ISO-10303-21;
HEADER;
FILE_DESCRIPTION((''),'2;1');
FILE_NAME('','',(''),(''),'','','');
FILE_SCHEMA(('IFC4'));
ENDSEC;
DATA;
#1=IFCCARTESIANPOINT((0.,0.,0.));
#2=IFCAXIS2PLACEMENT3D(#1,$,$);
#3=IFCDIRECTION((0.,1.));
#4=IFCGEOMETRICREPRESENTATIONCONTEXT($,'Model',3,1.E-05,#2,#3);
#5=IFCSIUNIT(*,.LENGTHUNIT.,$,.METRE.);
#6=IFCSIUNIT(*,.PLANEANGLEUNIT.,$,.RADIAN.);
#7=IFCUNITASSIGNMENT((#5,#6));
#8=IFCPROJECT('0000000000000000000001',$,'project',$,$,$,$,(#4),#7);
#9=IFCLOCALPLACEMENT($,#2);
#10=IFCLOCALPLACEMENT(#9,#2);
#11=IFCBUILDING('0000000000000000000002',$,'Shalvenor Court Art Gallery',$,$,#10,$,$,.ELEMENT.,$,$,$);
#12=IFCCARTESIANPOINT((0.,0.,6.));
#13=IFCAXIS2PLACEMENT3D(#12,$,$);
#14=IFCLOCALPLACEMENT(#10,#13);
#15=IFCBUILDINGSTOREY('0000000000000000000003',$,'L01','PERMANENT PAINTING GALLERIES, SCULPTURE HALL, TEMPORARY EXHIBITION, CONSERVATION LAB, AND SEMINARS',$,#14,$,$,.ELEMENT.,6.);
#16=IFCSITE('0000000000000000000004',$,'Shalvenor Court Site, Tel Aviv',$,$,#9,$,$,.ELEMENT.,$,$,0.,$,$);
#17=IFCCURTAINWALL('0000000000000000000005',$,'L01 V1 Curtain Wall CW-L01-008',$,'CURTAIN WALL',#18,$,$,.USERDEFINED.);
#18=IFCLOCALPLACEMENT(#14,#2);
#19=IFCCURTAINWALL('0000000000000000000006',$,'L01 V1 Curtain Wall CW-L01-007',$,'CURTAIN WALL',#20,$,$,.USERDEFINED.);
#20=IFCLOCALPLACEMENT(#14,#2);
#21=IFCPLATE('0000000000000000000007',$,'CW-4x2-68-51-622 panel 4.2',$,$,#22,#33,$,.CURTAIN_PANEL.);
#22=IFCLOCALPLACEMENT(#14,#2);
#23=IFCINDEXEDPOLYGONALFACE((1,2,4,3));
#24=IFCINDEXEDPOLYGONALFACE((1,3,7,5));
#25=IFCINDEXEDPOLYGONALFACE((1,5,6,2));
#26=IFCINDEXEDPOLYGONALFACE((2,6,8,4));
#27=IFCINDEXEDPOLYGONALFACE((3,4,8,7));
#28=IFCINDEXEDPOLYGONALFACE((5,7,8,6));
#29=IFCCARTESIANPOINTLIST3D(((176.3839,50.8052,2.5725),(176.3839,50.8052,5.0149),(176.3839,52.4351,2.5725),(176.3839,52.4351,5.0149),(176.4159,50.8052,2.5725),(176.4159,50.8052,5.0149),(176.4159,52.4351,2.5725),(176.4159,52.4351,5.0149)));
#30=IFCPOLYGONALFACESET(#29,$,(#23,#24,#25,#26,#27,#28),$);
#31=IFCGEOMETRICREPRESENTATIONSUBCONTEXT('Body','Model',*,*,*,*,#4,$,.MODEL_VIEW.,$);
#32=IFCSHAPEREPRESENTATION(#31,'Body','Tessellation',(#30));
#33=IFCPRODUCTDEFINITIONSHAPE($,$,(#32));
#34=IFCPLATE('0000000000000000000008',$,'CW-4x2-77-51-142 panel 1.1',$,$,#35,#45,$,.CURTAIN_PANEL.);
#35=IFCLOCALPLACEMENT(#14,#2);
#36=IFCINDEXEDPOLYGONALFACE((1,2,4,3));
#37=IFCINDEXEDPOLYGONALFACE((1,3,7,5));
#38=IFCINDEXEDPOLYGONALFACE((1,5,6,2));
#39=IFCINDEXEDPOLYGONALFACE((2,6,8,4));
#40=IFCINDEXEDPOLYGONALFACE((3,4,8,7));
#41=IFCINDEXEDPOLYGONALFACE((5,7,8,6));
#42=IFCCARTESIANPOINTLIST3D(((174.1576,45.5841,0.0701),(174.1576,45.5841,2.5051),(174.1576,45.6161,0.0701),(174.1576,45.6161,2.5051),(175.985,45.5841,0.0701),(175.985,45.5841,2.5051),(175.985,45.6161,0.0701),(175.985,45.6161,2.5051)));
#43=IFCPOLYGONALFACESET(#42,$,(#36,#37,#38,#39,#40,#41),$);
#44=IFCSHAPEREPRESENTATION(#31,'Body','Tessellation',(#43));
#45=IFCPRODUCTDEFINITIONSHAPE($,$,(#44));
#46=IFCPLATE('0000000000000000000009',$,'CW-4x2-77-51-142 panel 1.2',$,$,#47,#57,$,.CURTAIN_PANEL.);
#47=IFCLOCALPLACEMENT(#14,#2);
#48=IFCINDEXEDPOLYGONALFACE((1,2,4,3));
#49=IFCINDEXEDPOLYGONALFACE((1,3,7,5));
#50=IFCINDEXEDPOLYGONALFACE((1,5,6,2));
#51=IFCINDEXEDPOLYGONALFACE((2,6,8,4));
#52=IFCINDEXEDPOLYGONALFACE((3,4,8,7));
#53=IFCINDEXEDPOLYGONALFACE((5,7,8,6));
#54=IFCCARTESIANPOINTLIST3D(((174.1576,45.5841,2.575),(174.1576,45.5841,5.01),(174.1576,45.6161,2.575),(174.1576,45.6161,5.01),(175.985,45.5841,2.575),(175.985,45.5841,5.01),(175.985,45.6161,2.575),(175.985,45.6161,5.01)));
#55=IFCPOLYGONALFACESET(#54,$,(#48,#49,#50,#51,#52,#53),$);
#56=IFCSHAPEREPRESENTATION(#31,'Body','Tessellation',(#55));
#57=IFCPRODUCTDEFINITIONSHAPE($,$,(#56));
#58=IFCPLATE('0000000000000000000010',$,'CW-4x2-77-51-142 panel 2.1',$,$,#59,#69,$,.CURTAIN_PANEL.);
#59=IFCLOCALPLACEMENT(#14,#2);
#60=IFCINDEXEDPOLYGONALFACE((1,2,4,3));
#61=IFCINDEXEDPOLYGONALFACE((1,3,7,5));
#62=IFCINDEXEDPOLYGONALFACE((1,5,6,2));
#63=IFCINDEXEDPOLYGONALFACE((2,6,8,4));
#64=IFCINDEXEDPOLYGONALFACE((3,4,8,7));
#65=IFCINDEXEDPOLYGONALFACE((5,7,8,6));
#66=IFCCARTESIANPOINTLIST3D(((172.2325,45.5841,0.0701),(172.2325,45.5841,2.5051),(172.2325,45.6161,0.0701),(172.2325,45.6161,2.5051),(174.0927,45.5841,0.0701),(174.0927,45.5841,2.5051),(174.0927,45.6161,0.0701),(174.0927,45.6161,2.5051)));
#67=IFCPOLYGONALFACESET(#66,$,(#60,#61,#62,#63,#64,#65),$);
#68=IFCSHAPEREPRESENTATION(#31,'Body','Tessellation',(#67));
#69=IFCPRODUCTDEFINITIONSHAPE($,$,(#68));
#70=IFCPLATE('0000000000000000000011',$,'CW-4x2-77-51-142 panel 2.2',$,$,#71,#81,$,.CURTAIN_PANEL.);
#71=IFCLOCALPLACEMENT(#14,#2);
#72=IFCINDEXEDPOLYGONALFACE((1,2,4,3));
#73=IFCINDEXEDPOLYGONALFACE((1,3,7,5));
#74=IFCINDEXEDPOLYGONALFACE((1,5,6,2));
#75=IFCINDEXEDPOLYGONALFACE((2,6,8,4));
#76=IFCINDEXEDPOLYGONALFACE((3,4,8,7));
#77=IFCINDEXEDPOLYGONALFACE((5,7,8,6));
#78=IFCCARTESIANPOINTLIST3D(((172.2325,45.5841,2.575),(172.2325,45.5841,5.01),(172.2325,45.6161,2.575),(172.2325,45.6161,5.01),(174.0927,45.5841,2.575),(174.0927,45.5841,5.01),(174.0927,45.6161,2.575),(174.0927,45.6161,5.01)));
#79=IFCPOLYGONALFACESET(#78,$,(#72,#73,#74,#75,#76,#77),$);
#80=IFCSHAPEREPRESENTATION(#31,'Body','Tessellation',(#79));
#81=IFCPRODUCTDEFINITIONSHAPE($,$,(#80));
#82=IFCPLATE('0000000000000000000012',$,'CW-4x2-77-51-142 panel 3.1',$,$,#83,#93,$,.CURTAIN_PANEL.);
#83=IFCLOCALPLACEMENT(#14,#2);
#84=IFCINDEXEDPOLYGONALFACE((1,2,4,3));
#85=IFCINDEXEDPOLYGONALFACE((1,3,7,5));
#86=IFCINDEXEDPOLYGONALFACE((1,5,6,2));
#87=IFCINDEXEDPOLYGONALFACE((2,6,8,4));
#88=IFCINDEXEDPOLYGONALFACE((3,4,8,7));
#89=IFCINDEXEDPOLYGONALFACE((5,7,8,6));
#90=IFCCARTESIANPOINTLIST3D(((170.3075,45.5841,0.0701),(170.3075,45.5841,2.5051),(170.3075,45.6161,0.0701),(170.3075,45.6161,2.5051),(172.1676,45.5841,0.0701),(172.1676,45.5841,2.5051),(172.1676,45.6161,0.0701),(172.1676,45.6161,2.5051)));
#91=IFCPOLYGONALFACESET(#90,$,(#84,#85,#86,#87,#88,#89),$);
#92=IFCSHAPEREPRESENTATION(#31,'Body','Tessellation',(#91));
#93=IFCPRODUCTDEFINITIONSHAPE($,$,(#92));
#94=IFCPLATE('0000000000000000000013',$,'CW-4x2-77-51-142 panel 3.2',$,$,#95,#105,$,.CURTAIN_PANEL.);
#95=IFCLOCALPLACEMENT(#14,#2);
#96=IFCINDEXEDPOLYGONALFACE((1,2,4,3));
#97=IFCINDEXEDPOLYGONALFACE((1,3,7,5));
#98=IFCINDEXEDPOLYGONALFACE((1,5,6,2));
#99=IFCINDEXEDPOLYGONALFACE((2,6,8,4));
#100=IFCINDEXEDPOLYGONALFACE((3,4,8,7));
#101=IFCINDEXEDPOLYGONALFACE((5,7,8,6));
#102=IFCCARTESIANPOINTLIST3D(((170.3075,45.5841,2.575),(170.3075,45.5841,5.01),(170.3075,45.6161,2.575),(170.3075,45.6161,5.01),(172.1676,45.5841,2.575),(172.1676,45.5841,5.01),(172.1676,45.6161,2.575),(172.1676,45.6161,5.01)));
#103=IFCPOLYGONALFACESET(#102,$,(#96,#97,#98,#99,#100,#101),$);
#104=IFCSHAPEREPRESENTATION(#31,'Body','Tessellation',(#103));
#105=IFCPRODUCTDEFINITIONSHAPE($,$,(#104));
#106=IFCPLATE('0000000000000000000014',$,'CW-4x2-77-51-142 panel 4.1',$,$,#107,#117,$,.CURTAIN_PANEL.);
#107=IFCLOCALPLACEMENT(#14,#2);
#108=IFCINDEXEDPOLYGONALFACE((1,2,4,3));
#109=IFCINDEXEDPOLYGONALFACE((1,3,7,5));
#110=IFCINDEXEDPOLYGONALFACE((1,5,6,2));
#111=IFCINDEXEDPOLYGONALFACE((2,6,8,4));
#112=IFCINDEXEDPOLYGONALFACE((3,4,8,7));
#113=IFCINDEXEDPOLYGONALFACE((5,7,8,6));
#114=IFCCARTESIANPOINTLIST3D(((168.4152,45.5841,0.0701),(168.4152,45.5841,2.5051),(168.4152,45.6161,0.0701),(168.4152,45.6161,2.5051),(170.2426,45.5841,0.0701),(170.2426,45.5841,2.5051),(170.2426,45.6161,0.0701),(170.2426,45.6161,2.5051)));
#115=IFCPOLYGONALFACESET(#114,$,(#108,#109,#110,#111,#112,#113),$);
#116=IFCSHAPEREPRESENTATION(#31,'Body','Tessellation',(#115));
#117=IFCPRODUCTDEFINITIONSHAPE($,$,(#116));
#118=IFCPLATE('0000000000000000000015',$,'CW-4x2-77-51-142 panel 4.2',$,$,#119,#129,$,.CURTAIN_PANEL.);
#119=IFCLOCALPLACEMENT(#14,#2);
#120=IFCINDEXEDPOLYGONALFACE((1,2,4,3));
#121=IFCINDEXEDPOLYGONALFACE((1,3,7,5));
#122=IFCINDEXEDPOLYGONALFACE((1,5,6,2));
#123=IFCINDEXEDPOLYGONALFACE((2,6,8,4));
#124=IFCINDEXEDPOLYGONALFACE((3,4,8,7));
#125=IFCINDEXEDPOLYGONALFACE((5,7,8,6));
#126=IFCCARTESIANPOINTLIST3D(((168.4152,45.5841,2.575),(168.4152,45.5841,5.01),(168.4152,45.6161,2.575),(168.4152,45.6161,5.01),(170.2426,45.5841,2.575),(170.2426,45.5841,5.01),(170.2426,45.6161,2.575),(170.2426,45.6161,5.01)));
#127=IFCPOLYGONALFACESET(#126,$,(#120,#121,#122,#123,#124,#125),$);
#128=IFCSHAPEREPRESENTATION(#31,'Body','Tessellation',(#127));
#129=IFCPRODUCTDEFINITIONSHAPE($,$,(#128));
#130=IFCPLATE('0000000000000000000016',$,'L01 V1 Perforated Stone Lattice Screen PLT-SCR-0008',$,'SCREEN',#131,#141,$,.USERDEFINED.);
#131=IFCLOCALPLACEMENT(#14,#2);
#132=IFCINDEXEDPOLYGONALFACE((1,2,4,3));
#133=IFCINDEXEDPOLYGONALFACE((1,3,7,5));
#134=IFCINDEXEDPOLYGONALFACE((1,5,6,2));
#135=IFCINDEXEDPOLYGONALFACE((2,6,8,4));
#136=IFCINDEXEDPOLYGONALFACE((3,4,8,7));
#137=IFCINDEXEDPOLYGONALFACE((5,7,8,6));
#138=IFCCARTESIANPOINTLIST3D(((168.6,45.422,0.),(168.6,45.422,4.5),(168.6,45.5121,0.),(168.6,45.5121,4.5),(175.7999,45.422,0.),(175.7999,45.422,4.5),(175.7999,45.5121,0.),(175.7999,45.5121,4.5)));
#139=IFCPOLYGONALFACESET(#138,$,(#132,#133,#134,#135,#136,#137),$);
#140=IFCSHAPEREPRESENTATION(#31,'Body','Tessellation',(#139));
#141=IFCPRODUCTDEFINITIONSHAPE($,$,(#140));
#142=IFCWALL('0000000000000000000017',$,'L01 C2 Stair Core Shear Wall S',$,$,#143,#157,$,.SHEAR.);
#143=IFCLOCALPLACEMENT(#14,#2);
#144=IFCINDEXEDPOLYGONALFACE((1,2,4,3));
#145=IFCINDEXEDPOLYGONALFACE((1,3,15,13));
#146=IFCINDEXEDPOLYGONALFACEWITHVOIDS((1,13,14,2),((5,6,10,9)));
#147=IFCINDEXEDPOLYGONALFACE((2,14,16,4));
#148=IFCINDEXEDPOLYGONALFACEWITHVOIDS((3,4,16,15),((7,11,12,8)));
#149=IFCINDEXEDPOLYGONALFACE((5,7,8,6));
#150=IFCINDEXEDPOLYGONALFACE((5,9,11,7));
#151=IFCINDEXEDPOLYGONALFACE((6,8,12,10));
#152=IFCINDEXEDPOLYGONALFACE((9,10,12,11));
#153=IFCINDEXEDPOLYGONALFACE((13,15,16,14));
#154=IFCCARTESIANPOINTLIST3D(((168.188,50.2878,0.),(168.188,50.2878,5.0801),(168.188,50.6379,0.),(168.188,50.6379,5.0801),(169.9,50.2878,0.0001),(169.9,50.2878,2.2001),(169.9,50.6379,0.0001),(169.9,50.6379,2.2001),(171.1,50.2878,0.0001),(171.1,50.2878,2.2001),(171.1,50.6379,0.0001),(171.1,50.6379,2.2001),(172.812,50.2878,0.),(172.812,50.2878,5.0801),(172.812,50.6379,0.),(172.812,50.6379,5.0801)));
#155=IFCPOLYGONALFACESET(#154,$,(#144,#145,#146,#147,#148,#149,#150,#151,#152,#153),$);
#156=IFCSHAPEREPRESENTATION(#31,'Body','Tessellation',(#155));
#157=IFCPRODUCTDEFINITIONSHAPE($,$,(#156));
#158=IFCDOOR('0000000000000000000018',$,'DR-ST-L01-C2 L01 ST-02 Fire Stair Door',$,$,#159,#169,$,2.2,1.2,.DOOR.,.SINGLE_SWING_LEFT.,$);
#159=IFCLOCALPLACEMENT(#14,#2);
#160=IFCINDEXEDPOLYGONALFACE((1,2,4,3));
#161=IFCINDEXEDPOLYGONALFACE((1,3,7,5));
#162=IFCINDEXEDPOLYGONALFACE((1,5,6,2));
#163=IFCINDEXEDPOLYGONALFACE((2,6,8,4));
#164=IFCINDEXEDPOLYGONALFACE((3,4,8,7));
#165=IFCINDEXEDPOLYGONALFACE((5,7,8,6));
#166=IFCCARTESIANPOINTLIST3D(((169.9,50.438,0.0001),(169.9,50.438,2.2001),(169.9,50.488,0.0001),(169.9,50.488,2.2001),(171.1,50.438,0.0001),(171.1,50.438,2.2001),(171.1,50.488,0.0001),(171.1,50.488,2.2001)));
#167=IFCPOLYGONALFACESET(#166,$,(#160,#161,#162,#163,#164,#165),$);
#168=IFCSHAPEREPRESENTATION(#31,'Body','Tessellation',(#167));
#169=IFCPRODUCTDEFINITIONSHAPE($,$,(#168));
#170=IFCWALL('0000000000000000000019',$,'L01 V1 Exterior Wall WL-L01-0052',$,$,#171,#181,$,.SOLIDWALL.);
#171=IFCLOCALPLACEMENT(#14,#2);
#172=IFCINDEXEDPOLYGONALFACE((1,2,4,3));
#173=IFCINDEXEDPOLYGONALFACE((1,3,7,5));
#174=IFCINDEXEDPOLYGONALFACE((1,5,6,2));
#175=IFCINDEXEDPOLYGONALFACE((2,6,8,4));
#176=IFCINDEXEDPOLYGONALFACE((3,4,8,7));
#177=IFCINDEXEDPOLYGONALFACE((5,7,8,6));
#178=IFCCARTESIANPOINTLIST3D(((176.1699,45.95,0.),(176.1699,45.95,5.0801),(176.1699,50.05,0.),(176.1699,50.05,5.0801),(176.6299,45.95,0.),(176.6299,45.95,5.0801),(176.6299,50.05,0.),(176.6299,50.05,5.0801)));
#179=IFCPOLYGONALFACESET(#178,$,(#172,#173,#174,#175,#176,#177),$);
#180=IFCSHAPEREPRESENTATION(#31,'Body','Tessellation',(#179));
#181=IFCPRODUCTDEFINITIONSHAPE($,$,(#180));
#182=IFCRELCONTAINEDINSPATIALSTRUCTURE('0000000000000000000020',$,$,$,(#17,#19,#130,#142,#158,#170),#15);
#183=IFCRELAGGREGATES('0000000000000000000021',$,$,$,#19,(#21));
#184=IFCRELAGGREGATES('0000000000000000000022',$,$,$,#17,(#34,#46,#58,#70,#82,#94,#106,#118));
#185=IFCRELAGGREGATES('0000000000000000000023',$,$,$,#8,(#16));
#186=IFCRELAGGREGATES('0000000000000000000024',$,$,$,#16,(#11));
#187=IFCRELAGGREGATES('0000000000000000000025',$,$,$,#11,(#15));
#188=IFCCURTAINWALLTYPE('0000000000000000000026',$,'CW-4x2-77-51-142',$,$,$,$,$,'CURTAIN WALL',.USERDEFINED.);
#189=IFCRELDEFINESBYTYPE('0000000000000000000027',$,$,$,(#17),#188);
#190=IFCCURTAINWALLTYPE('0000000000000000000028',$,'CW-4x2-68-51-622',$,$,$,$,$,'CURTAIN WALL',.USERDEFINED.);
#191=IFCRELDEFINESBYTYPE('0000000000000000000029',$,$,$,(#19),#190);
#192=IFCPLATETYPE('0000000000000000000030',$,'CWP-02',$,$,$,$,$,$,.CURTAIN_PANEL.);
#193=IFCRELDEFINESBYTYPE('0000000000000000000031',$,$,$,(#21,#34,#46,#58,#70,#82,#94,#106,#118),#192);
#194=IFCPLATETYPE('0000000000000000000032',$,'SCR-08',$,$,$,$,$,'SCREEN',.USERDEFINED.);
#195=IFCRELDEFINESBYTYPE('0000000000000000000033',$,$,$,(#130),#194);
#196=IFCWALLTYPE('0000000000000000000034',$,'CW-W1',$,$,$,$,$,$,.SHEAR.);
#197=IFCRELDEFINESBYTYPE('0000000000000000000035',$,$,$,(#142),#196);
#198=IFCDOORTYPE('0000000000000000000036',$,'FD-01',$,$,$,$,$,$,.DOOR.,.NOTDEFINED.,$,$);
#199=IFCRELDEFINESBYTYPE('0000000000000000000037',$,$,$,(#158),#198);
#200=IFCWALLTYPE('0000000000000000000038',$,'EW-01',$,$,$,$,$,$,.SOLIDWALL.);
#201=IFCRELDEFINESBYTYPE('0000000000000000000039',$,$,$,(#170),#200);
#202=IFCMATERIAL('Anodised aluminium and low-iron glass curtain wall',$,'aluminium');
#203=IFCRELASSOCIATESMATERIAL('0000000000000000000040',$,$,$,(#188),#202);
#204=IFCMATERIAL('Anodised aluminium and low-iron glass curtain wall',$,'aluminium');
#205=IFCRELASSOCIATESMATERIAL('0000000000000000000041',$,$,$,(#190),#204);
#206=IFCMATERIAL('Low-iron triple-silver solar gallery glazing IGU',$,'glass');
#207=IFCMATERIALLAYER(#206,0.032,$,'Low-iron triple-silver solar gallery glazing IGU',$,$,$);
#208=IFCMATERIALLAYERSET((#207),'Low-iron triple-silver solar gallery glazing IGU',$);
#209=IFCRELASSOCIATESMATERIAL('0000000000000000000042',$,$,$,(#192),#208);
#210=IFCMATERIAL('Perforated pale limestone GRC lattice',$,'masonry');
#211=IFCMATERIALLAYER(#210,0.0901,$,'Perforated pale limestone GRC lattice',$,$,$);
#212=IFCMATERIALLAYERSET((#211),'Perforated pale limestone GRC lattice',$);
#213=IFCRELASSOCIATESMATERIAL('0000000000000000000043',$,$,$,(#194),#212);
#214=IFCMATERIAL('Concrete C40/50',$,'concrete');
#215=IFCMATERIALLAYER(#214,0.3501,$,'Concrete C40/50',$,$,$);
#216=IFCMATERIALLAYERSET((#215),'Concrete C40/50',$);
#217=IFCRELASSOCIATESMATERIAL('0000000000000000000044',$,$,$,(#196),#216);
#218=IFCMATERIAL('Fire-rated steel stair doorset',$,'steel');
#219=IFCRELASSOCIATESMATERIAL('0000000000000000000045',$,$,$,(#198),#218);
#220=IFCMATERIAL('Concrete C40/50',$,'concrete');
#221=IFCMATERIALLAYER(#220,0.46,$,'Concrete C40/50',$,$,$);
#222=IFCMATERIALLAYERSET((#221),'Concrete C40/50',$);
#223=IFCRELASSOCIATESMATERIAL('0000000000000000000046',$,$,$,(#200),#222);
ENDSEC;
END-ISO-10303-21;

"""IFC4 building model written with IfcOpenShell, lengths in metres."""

from ifc_helpers import new_model, si_unit, direction, frame, frame_2d, origin, origin_2d, place, context, subcontext, project, spatial, rectangle, extrude, material, layer, layer_set, type_object, element, fill, aggregate, save


model = new_model("IFC4")

# Units and contexts
model_context = context("Model", 3, precision=1e-05, world=origin(), true_north=direction((0.0, 1.0)))
body_context = subcontext(model_context, "Body", "Model", "MODEL_VIEW")
ifc_project = project(units=[si_unit("LENGTHUNIT", "METRE"), si_unit("PLANEANGLEUNIT", "RADIAN")], contexts=[model_context])

# Site, building, storey
site_placement = place(None, origin())
site = spatial("IfcSite", under=ifc_project, at=site_placement, Name="Shalvenor Court Site, Tel Aviv", CompositionType="ELEMENT", RefElevation=0.0)
building_placement = place(site_placement, origin())
building = spatial("IfcBuilding", under=site, at=building_placement, Name="Shalvenor Court Art Gallery", CompositionType="ELEMENT")
storey_placement = place(building_placement, frame((0.0, 0.0, 6.0)))
storey = spatial("IfcBuildingStorey", under=building, at=storey_placement, Name="L01", Description="PERMANENT PAINTING GALLERIES, SCULPTURE HALL, TEMPORARY EXHIBITION, CONSERVATION LAB, AND SEMINARS", CompositionType="ELEMENT", Elevation=6.0)

# Curtain wall
ifc_material_1 = material(Name="Anodised aluminium and low-iron glass curtain wall", Category="aluminium")
curtain_wall_type_1 = type_object("IfcCurtainWallType", Name="CW-4x2-77-51-142", ElementType="CURTAIN WALL", PredefinedType="USERDEFINED", material=ifc_material_1)
curtain_wall_1_placement = place(storey_placement, origin())
curtain_wall_1 = element("IfcCurtainWall", 1, at=curtain_wall_1_placement, inside=storey, type_object=curtain_wall_type_1, Name="L01 V1 Curtain Wall CW-L01-008", ObjectType="CURTAIN WALL", PredefinedType="USERDEFINED")

# Curtain wall
ifc_material_2 = material(Name="Anodised aluminium and low-iron glass curtain wall", Category="aluminium")
curtain_wall_type_2 = type_object("IfcCurtainWallType", Name="CW-4x2-68-51-622", ElementType="CURTAIN WALL", PredefinedType="USERDEFINED", material=ifc_material_2)
curtain_wall_2_placement = place(storey_placement, origin())
curtain_wall_2 = element("IfcCurtainWall", 2, at=curtain_wall_2_placement, inside=storey, type_object=curtain_wall_type_2, Name="L01 V1 Curtain Wall CW-L01-007", ObjectType="CURTAIN WALL", PredefinedType="USERDEFINED")

# Plates
ifc_material_3 = material(Name="Low-iron triple-silver solar gallery glazing IGU", Category="glass")
ifc_layer_1 = layer(ifc_material_3, 0.032, Name="Low-iron triple-silver solar gallery glazing IGU")
ifc_layer_set_1 = layer_set([ifc_layer_1], Name="Low-iron triple-silver solar gallery glazing IGU")
plate_type_1 = type_object("IfcPlateType", Name="CWP-02", PredefinedType="CURTAIN_PANEL", material=ifc_layer_set_1)
plate_1_placement = place(storey_placement, frame((176.3999, 51.6201, 2.5725), z_axis=(0.0, 0.0, 1.0), x_axis=(0.0, -1.0, 0.0)))
plate_1 = element("IfcPlate", 3, at=plate_1_placement, type_object=plate_type_1, Name="CW-4x2-68-51-622 panel 4.2", PredefinedType="CURTAIN_PANEL", context=body_context, shape_type="SweptSolid", body=[
    extrude(rectangle(XDim=1.6299, YDim=0.032, at=origin_2d()), origin(), (0.0, 0.0, 1.0), 2.4424),
])
aggregate(curtain_wall_2, [plate_1])
plate_2_placement = place(storey_placement, frame((175.0713, 45.6001, 0.0701), z_axis=(0.0, 0.0, 1.0), x_axis=(-1.0, 0.0, 0.0)))
plate_2 = element("IfcPlate", 4, at=plate_2_placement, type_object=plate_type_1, Name="CW-4x2-77-51-142 panel 1.1", PredefinedType="CURTAIN_PANEL", context=body_context, shape_type="SweptSolid", body=[
    extrude(rectangle(XDim=1.8274, YDim=0.032, at=origin_2d()), origin(), (0.0, 0.0, 1.0), 2.4351),
])
plate_3_placement = place(storey_placement, frame((175.0713, 45.6001, 2.575), z_axis=(0.0, 0.0, 1.0), x_axis=(-1.0, 0.0, 0.0)))
plate_3 = element("IfcPlate", 5, at=plate_3_placement, type_object=plate_type_1, Name="CW-4x2-77-51-142 panel 1.2", PredefinedType="CURTAIN_PANEL", context=body_context, shape_type="SweptSolid", body=[
    extrude(rectangle(XDim=1.8274, YDim=0.032, at=origin_2d()), origin(), (0.0, 0.0, 1.0), 2.4351),
])
plate_4_placement = place(storey_placement, frame((173.1626, 45.6001, 0.0701), z_axis=(0.0, 0.0, 1.0), x_axis=(-1.0, 0.0, 0.0)))
plate_4 = element("IfcPlate", 6, at=plate_4_placement, type_object=plate_type_1, Name="CW-4x2-77-51-142 panel 2.1", PredefinedType="CURTAIN_PANEL", context=body_context, shape_type="SweptSolid", body=[
    extrude(rectangle(XDim=1.8601, YDim=0.032, at=origin_2d()), origin(), (0.0, 0.0, 1.0), 2.4351),
])
plate_5_placement = place(storey_placement, frame((173.1626, 45.6001, 2.575), z_axis=(0.0, 0.0, 1.0), x_axis=(-1.0, 0.0, 0.0)))
plate_5 = element("IfcPlate", 7, at=plate_5_placement, type_object=plate_type_1, Name="CW-4x2-77-51-142 panel 2.2", PredefinedType="CURTAIN_PANEL", context=body_context, shape_type="SweptSolid", body=[
    extrude(rectangle(XDim=1.8601, YDim=0.032, at=origin_2d()), origin(), (0.0, 0.0, 1.0), 2.4351),
])
plate_6_placement = place(storey_placement, frame((171.2375, 45.6001, 0.0701), z_axis=(0.0, 0.0, 1.0), x_axis=(-1.0, 0.0, 0.0)))
plate_6 = element("IfcPlate", 8, at=plate_6_placement, type_object=plate_type_1, Name="CW-4x2-77-51-142 panel 3.1", PredefinedType="CURTAIN_PANEL", context=body_context, shape_type="SweptSolid", body=[
    extrude(rectangle(XDim=1.8601, YDim=0.032, at=origin_2d()), origin(), (0.0, 0.0, 1.0), 2.4351),
])
plate_7_placement = place(storey_placement, frame((171.2375, 45.6001, 2.575), z_axis=(0.0, 0.0, 1.0), x_axis=(-1.0, 0.0, 0.0)))
plate_7 = element("IfcPlate", 9, at=plate_7_placement, type_object=plate_type_1, Name="CW-4x2-77-51-142 panel 3.2", PredefinedType="CURTAIN_PANEL", context=body_context, shape_type="SweptSolid", body=[
    extrude(rectangle(XDim=1.8601, YDim=0.032, at=origin_2d()), origin(), (0.0, 0.0, 1.0), 2.4351),
])
plate_8_placement = place(storey_placement, frame((169.3289, 45.6001, 0.0701), z_axis=(0.0, 0.0, 1.0), x_axis=(-1.0, 0.0, 0.0)))
plate_8 = element("IfcPlate", 10, at=plate_8_placement, type_object=plate_type_1, Name="CW-4x2-77-51-142 panel 4.1", PredefinedType="CURTAIN_PANEL", context=body_context, shape_type="SweptSolid", body=[
    extrude(rectangle(XDim=1.8274, YDim=0.032, at=origin_2d()), origin(), (0.0, 0.0, 1.0), 2.4351),
])
plate_9_placement = place(storey_placement, frame((169.3289, 45.6001, 2.575), z_axis=(0.0, 0.0, 1.0), x_axis=(-1.0, 0.0, 0.0)))
plate_9 = element("IfcPlate", 11, at=plate_9_placement, type_object=plate_type_1, Name="CW-4x2-77-51-142 panel 4.2", PredefinedType="CURTAIN_PANEL", context=body_context, shape_type="SweptSolid", body=[
    extrude(rectangle(XDim=1.8274, YDim=0.032, at=origin_2d()), origin(), (0.0, 0.0, 1.0), 2.4351),
])
aggregate(curtain_wall_1, [plate_2, plate_3, plate_4, plate_5, plate_6, plate_7, plate_8, plate_9])
ifc_material_4 = material(Name="Perforated pale limestone GRC lattice", Category="masonry")
ifc_layer_2 = layer(ifc_material_4, 0.0901, Name="Perforated pale limestone GRC lattice")
ifc_layer_set_2 = layer_set([ifc_layer_2], Name="Perforated pale limestone GRC lattice")
plate_type_2 = type_object("IfcPlateType", Name="SCR-08", ElementType="SCREEN", PredefinedType="USERDEFINED", material=ifc_layer_set_2)
plate_10_placement = place(storey_placement, frame((172.2, 45.467, 0.0), z_axis=(0.0, 0.0, 1.0), x_axis=(-1.0, 0.0, 0.0)))
element("IfcPlate", 12, at=plate_10_placement, inside=storey, type_object=plate_type_2, Name="L01 V1 Perforated Stone Lattice Screen PLT-SCR-0008", ObjectType="SCREEN", PredefinedType="USERDEFINED", context=body_context, shape_type="SweptSolid", body=[
    extrude(rectangle(XDim=7.2, YDim=0.0901, at=origin_2d()), origin(), (0.0, 0.0, 1.0), 4.5),
])

# Wall, opening, door
ifc_material_5 = material(Name="Concrete C40/50", Category="concrete")
ifc_layer_3 = layer(ifc_material_5, 0.3501, Name="Concrete C40/50")
ifc_layer_set_3 = layer_set([ifc_layer_3], Name="Concrete C40/50")
wall_type_1 = type_object("IfcWallType", Name="CW-W1", PredefinedType="SHEAR", material=ifc_layer_set_3)
wall_1_placement = place(storey_placement, frame((172.812, 50.4629, 0.0), z_axis=(0.0, 0.0, 1.0), x_axis=(-1.0, 0.0, 0.0)))
wall_1 = element("IfcWall", 13, at=wall_1_placement, inside=storey, type_object=wall_type_1, Name="L01 C2 Stair Core Shear Wall S", PredefinedType="SHEAR", context=body_context, shape_type="SweptSolid", body=[
    extrude(rectangle(XDim=4.624, YDim=0.3501, at=frame_2d((2.312, 0.0))), origin(), (0.0, 0.0, 1.0), 5.0801),
])
opening_1_placement = place(wall_1_placement, frame((1.7119, 0.0, 0.0)))
opening_1 = element("IfcOpeningElement", 14, at=opening_1_placement, cuts=wall_1, PredefinedType="OPENING", context=body_context, shape_type="SweptSolid", body=[
    extrude(rectangle(XDim=1.2, YDim=2.2, at=frame_2d((0.6001, 1.1001))), frame((0.0, 0.1851, 0.0), z_axis=(0.0, -1.0, 0.0), x_axis=(1.0, 0.0, 0.0)), (0.0, 0.0, 1.0), 0.3701),
])
ifc_material_6 = material(Name="Fire-rated steel stair doorset", Category="steel")
door_type_1 = type_object("IfcDoorType", Name="FD-01", OperationType="NOTDEFINED", PredefinedType="DOOR", material=ifc_material_6)
door_1_placement = place(opening_1_placement, origin())
door_1 = element("IfcDoor", 15, at=door_1_placement, inside=storey, type_object=door_type_1, Name="DR-ST-L01-C2 L01 ST-02 Fire Stair Door", OperationType="SINGLE_SWING_LEFT", OverallHeight=2.2, OverallWidth=1.2, PredefinedType="DOOR", context=body_context, shape_type="SweptSolid", body=[
    extrude(rectangle(XDim=1.2, YDim=2.2, at=frame_2d((0.6001, 1.1001))), frame((0.0, 0.0249, 0.0), z_axis=(0.0, -1.0, 0.0), x_axis=(1.0, 0.0, 0.0)), (0.0, 0.0, 1.0), 0.05),
])
fill(opening_1, door_1)

# Wall
ifc_material_7 = material(Name="Concrete C40/50", Category="concrete")
ifc_layer_4 = layer(ifc_material_7, 0.46, Name="Concrete C40/50")
ifc_layer_set_4 = layer_set([ifc_layer_4], Name="Concrete C40/50")
wall_type_2 = type_object("IfcWallType", Name="EW-01", PredefinedType="SOLIDWALL", material=ifc_layer_set_4)
wall_2_placement = place(storey_placement, frame((176.3999, 50.05, 0.0), z_axis=(0.0, 0.0, 1.0), x_axis=(0.0, -1.0, 0.0)))
element("IfcWall", 16, at=wall_2_placement, inside=storey, type_object=wall_type_2, Name="L01 V1 Exterior Wall WL-L01-0052", PredefinedType="SOLIDWALL", context=body_context, shape_type="SweptSolid", body=[
    extrude(rectangle(XDim=4.1001, YDim=0.46, at=frame_2d((2.05, 0.0))), origin(), (0.0, 0.0, 1.0), 5.0801),
])

save(model, "model.ifc")
